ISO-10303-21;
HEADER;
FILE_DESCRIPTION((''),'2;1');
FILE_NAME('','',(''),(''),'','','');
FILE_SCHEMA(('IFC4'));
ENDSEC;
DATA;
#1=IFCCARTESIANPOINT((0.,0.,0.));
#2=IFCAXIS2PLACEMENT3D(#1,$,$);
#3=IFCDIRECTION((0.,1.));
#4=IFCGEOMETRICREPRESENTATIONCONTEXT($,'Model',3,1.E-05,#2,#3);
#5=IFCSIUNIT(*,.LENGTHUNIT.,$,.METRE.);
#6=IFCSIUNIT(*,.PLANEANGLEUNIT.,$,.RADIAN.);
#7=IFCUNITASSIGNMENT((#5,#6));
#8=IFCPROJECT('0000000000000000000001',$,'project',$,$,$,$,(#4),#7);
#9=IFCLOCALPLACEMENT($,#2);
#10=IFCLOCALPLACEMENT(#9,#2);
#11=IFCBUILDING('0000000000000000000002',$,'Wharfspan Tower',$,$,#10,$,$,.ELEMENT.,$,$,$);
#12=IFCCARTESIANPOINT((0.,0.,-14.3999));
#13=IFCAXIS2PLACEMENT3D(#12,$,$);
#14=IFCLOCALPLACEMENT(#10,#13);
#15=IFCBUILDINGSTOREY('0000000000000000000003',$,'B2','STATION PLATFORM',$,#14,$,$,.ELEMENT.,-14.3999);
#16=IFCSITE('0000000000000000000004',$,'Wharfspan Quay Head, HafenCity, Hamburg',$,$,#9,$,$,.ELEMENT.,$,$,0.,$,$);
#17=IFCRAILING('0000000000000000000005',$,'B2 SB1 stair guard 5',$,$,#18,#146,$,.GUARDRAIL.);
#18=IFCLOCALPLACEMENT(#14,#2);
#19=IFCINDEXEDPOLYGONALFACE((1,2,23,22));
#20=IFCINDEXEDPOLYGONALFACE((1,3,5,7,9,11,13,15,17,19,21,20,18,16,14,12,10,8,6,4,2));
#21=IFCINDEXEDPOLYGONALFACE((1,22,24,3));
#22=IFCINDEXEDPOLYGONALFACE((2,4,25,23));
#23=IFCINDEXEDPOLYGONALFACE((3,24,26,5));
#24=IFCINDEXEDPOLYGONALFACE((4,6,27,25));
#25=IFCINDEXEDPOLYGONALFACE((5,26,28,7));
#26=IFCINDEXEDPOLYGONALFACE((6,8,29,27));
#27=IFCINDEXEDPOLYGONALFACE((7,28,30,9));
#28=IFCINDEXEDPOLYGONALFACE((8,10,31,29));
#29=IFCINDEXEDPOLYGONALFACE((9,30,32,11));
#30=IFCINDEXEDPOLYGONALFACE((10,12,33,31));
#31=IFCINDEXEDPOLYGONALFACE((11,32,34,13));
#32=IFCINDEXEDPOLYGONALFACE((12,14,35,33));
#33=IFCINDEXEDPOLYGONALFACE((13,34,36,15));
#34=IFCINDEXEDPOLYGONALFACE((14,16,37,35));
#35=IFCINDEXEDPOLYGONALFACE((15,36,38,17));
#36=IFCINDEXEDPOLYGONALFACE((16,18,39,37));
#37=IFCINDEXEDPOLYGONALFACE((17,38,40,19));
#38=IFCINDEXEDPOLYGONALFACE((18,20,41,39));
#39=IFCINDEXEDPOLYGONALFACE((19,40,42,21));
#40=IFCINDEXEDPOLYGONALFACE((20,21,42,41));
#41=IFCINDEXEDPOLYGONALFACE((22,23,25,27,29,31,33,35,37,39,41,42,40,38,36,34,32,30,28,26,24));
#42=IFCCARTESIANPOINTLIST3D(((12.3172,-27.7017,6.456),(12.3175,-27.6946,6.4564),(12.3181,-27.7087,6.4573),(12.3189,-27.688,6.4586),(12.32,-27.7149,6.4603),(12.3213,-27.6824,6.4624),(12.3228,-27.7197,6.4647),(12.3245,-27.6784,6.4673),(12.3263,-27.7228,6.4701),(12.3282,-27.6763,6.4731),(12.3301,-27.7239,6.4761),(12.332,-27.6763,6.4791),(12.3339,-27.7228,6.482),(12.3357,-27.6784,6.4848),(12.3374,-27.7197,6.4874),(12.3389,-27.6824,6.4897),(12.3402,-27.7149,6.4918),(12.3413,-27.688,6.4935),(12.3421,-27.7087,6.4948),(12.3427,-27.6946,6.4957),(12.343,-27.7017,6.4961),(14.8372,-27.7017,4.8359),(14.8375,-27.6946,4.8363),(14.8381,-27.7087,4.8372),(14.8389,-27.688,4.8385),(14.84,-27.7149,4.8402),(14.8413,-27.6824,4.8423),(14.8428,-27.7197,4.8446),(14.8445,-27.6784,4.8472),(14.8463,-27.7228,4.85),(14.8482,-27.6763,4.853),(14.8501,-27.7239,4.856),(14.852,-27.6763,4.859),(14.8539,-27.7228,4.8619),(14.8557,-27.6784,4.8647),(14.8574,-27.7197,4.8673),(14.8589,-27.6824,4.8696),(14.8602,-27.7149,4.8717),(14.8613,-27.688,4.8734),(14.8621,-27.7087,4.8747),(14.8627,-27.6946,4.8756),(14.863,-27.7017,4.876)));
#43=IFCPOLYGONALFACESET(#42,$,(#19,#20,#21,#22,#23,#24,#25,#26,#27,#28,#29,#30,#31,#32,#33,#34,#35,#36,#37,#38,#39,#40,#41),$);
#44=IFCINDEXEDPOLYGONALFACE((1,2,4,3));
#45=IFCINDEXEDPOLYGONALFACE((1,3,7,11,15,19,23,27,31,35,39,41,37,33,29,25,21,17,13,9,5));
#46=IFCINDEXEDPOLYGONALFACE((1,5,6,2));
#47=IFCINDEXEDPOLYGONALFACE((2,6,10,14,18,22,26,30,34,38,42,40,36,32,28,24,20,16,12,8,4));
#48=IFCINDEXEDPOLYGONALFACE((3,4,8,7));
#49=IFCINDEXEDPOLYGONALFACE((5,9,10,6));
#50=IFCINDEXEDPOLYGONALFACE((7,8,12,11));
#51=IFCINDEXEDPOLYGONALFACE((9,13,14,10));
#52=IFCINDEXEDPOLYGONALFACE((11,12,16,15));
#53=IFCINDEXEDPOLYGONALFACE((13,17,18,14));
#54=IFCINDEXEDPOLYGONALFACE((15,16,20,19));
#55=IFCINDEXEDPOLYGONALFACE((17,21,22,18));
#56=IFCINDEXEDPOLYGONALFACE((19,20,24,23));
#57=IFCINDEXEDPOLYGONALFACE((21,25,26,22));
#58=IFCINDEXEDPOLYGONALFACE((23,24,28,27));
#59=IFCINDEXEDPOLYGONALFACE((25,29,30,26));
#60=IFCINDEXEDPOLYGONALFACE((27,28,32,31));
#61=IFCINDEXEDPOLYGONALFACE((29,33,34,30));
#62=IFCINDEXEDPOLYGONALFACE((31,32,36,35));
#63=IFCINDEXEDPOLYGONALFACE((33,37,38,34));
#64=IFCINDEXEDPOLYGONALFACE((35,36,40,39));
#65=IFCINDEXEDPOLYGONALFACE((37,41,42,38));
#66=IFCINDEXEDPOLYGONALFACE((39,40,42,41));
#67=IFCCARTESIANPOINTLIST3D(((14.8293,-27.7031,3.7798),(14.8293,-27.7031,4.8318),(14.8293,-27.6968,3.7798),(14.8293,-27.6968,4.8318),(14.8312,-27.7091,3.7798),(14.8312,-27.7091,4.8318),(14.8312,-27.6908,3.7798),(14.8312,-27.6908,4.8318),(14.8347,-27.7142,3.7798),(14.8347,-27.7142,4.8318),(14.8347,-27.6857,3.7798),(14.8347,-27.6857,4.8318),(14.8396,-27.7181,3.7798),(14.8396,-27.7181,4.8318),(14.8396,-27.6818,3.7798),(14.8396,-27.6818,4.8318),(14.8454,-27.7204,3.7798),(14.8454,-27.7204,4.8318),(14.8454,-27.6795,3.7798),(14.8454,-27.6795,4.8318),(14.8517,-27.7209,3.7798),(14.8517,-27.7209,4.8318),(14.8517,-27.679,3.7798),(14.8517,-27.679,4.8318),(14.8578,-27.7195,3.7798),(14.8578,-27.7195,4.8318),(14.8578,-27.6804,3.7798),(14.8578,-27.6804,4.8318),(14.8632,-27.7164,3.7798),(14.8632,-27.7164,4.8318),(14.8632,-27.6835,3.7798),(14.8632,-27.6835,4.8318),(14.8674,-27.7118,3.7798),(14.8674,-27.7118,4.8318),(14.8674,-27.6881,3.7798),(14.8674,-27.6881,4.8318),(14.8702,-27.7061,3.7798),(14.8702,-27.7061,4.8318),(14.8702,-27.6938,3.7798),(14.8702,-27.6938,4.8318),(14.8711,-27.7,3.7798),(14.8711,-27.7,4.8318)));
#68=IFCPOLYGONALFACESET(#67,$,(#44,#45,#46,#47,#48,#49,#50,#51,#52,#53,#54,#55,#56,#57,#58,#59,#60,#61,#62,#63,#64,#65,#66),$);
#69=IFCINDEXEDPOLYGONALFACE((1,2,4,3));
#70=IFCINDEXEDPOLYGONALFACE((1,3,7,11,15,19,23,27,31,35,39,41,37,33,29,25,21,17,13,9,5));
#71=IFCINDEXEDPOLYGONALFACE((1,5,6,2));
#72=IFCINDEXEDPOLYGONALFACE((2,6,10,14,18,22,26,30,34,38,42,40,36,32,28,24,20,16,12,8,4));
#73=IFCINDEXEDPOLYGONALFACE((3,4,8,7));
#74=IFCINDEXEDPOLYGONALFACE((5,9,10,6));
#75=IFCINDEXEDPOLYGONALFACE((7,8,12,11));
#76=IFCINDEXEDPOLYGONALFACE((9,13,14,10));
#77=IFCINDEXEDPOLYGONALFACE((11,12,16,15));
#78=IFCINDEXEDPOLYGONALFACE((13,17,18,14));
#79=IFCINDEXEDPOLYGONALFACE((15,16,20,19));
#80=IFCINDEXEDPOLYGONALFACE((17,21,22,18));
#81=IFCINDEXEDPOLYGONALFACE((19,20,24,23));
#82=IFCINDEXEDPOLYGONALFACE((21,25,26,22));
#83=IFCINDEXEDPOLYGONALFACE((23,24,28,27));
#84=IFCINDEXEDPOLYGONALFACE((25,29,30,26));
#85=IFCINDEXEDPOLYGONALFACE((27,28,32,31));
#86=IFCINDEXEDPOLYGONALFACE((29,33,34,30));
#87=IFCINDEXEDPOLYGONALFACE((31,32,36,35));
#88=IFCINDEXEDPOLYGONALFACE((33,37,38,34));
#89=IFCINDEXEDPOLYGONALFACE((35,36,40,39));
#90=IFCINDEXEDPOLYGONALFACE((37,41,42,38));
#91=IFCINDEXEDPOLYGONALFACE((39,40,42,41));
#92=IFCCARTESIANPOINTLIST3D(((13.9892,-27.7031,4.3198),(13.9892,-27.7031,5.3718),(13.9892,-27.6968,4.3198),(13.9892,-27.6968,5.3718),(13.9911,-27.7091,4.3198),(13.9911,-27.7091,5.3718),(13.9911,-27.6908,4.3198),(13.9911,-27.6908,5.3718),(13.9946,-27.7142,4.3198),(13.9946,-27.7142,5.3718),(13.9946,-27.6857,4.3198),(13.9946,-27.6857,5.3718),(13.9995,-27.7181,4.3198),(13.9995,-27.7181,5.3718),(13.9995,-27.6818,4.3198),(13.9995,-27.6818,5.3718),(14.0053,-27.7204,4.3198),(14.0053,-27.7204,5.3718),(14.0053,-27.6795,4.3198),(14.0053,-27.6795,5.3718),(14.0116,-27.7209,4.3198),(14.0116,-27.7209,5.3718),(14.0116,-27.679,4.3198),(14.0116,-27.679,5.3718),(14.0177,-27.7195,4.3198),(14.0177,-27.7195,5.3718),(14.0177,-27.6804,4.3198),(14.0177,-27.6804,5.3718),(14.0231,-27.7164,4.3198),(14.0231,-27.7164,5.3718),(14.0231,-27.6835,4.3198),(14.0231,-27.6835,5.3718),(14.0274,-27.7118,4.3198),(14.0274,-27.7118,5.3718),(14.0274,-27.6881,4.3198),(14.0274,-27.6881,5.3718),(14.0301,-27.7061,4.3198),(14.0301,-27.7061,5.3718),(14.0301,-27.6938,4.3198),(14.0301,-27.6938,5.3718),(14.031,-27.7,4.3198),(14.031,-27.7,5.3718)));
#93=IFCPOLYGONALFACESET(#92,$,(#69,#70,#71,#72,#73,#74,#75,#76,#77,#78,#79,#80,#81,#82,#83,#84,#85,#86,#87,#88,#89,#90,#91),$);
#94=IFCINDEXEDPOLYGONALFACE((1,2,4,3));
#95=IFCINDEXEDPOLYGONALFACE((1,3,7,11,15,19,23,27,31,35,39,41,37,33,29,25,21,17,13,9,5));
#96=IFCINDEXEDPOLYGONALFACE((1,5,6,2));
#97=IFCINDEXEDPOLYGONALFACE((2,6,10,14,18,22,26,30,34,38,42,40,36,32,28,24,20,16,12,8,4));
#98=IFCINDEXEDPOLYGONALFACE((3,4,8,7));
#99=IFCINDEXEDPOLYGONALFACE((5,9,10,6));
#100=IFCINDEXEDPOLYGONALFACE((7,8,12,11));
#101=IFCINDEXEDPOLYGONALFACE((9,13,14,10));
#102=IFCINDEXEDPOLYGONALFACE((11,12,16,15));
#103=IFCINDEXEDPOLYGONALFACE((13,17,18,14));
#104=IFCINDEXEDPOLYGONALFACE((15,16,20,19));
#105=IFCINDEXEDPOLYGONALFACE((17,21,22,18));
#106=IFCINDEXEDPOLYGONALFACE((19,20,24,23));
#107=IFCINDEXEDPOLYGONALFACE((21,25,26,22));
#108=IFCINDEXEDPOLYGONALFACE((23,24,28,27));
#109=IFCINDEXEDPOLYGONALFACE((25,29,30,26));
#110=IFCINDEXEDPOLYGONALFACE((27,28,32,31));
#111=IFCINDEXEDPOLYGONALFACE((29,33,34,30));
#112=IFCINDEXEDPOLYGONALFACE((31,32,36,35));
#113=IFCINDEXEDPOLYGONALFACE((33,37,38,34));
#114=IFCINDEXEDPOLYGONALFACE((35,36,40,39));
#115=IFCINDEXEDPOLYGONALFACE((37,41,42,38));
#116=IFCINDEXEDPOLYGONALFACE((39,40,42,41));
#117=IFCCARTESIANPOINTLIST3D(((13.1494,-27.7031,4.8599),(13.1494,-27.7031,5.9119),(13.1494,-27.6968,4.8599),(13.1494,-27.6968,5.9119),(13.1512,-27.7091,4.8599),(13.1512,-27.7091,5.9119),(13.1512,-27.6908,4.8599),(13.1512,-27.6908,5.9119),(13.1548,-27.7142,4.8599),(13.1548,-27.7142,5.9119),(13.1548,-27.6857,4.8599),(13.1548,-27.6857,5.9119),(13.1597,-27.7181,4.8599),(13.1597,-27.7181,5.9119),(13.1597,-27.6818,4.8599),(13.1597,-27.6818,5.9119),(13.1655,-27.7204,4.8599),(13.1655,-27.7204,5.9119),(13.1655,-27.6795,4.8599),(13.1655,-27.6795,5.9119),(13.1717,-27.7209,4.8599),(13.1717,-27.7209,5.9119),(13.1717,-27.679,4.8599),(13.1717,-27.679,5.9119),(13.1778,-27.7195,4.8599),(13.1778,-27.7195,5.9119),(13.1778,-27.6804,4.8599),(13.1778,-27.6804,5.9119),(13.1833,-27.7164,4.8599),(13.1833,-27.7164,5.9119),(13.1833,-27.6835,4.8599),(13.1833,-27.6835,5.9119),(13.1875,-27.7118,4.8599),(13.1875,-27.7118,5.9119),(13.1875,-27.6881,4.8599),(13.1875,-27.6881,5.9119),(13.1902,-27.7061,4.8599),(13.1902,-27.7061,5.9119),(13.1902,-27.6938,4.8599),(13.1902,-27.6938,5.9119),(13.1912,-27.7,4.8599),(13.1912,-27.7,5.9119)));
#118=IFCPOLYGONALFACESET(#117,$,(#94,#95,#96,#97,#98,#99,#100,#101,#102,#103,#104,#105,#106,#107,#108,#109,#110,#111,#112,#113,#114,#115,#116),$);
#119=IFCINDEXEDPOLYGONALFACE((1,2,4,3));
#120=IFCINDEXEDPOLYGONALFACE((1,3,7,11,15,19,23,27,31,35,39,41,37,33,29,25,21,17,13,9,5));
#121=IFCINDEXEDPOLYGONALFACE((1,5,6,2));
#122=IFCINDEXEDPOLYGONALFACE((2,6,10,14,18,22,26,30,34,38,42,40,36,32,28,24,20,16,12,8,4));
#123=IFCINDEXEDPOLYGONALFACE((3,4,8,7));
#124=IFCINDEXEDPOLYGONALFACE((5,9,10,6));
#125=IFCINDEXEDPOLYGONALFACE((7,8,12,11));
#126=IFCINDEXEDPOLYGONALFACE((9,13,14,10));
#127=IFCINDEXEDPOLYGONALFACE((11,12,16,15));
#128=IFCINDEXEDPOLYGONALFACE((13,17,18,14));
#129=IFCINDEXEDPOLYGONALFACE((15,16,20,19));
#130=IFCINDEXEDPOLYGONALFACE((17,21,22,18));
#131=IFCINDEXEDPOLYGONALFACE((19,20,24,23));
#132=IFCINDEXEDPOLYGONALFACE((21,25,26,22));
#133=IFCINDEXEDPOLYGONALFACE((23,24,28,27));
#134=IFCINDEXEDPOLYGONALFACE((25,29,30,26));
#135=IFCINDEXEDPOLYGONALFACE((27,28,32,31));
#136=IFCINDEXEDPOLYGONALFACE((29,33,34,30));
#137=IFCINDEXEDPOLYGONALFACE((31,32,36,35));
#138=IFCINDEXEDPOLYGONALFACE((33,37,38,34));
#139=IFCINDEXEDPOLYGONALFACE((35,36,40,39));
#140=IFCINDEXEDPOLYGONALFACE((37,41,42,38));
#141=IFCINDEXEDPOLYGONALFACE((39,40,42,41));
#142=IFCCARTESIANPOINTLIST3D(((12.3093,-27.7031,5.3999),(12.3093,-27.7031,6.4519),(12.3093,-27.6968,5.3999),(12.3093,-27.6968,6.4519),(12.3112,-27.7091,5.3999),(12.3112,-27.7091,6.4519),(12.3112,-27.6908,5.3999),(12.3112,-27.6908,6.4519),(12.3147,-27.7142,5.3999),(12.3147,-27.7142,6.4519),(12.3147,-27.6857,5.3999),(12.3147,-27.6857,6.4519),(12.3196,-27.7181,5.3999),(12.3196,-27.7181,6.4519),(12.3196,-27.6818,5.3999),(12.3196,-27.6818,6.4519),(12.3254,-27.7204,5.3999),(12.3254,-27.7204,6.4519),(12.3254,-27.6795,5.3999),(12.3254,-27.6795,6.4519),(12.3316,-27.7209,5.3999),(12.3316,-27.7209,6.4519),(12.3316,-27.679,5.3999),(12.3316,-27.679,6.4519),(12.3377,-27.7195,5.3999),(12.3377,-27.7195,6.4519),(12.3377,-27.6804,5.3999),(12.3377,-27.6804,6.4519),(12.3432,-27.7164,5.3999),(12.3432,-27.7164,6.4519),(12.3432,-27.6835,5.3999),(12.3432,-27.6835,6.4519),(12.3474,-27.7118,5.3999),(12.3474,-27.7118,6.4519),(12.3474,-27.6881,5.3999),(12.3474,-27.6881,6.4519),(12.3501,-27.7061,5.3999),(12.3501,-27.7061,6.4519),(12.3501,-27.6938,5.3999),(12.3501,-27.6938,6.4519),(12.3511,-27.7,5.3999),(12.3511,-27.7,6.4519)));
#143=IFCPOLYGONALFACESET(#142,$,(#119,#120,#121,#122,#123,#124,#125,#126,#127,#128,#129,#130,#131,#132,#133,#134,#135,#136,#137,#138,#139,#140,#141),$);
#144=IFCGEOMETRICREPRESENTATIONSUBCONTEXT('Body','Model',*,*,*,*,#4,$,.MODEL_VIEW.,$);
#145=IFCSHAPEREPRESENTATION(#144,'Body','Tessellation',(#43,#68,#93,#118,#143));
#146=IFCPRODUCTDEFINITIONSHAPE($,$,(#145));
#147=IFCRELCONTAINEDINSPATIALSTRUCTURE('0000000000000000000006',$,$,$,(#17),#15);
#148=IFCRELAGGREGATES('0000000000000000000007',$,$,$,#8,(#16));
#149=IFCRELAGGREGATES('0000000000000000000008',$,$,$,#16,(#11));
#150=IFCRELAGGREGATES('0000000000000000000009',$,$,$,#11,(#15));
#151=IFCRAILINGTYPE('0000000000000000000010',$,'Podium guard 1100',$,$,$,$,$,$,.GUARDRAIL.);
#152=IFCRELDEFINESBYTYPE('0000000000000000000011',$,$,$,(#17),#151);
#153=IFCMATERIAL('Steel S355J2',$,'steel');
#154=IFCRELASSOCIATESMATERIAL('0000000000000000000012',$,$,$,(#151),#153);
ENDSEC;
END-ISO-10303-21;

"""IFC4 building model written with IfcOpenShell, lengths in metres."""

from ifc_helpers import new_model, si_unit, direction, frame, origin, origin_2d, place, context, subcontext, project, spatial, circle, extrude, material, type_object, element, save


model = new_model("IFC4")

# Units and contexts
model_context = context("Model", 3, precision=1e-05, world=origin(), true_north=direction((0.0, 1.0)))
body_context = subcontext(model_context, "Body", "Model", "MODEL_VIEW")
ifc_project = project(units=[si_unit("LENGTHUNIT", "METRE"), si_unit("PLANEANGLEUNIT", "RADIAN")], contexts=[model_context])

# Site, building, storey
site_placement = place(None, origin())
site = spatial("IfcSite", under=ifc_project, at=site_placement, Name="Wharfspan Quay Head, HafenCity, Hamburg", CompositionType="ELEMENT", RefElevation=0.0)
building_placement = place(site_placement, origin())
building = spatial("IfcBuilding", under=site, at=building_placement, Name="Wharfspan Tower", CompositionType="ELEMENT")
storey_placement = place(building_placement, frame((0.0, 0.0, -14.3999)))
storey = spatial("IfcBuildingStorey", under=building, at=storey_placement, Name="B2", Description="STATION PLATFORM", CompositionType="ELEMENT", Elevation=-14.3999)

# Railing
ifc_material_1 = material(Name="Steel S355J2", Category="steel")
railing_type_1 = type_object("IfcRailingType", Name="Podium guard 1100", PredefinedType="GUARDRAIL", material=ifc_material_1)
railing_1_placement = place(storey_placement, frame((14.8501, -27.7, 3.7798)))
element("IfcRailing", 1, at=railing_1_placement, inside=storey, type_object=railing_type_1, Name="B2 SB1 stair guard 5", PredefinedType="GUARDRAIL", context=body_context, shape_type="SweptSolid", body=[
    extrude(circle(Radius=0.0239, at=origin_2d()), frame((0.0, 0.0, 1.0762), z_axis=(-0.841163, 0.0, 0.540782), x_axis=(0.0, -1.0, 0.0)), (0.0, 0.0, 1.0), 2.9958),
    extrude(circle(Radius=0.021, at=origin_2d()), origin(), (0.0, 0.0, 1.0), 1.052),
    extrude(circle(Radius=0.021, at=origin_2d()), frame((-0.8401, 0.0, 0.54)), (0.0, 0.0, 1.0), 1.052),
    extrude(circle(Radius=0.021, at=origin_2d()), frame((-1.6799, 0.0, 1.0801)), (0.0, 0.0, 1.0), 1.052),
    extrude(circle(Radius=0.021, at=origin_2d()), frame((-2.52, 0.0, 1.6201)), (0.0, 0.0, 1.0), 1.052),
])

save(model, "model.ifc")
